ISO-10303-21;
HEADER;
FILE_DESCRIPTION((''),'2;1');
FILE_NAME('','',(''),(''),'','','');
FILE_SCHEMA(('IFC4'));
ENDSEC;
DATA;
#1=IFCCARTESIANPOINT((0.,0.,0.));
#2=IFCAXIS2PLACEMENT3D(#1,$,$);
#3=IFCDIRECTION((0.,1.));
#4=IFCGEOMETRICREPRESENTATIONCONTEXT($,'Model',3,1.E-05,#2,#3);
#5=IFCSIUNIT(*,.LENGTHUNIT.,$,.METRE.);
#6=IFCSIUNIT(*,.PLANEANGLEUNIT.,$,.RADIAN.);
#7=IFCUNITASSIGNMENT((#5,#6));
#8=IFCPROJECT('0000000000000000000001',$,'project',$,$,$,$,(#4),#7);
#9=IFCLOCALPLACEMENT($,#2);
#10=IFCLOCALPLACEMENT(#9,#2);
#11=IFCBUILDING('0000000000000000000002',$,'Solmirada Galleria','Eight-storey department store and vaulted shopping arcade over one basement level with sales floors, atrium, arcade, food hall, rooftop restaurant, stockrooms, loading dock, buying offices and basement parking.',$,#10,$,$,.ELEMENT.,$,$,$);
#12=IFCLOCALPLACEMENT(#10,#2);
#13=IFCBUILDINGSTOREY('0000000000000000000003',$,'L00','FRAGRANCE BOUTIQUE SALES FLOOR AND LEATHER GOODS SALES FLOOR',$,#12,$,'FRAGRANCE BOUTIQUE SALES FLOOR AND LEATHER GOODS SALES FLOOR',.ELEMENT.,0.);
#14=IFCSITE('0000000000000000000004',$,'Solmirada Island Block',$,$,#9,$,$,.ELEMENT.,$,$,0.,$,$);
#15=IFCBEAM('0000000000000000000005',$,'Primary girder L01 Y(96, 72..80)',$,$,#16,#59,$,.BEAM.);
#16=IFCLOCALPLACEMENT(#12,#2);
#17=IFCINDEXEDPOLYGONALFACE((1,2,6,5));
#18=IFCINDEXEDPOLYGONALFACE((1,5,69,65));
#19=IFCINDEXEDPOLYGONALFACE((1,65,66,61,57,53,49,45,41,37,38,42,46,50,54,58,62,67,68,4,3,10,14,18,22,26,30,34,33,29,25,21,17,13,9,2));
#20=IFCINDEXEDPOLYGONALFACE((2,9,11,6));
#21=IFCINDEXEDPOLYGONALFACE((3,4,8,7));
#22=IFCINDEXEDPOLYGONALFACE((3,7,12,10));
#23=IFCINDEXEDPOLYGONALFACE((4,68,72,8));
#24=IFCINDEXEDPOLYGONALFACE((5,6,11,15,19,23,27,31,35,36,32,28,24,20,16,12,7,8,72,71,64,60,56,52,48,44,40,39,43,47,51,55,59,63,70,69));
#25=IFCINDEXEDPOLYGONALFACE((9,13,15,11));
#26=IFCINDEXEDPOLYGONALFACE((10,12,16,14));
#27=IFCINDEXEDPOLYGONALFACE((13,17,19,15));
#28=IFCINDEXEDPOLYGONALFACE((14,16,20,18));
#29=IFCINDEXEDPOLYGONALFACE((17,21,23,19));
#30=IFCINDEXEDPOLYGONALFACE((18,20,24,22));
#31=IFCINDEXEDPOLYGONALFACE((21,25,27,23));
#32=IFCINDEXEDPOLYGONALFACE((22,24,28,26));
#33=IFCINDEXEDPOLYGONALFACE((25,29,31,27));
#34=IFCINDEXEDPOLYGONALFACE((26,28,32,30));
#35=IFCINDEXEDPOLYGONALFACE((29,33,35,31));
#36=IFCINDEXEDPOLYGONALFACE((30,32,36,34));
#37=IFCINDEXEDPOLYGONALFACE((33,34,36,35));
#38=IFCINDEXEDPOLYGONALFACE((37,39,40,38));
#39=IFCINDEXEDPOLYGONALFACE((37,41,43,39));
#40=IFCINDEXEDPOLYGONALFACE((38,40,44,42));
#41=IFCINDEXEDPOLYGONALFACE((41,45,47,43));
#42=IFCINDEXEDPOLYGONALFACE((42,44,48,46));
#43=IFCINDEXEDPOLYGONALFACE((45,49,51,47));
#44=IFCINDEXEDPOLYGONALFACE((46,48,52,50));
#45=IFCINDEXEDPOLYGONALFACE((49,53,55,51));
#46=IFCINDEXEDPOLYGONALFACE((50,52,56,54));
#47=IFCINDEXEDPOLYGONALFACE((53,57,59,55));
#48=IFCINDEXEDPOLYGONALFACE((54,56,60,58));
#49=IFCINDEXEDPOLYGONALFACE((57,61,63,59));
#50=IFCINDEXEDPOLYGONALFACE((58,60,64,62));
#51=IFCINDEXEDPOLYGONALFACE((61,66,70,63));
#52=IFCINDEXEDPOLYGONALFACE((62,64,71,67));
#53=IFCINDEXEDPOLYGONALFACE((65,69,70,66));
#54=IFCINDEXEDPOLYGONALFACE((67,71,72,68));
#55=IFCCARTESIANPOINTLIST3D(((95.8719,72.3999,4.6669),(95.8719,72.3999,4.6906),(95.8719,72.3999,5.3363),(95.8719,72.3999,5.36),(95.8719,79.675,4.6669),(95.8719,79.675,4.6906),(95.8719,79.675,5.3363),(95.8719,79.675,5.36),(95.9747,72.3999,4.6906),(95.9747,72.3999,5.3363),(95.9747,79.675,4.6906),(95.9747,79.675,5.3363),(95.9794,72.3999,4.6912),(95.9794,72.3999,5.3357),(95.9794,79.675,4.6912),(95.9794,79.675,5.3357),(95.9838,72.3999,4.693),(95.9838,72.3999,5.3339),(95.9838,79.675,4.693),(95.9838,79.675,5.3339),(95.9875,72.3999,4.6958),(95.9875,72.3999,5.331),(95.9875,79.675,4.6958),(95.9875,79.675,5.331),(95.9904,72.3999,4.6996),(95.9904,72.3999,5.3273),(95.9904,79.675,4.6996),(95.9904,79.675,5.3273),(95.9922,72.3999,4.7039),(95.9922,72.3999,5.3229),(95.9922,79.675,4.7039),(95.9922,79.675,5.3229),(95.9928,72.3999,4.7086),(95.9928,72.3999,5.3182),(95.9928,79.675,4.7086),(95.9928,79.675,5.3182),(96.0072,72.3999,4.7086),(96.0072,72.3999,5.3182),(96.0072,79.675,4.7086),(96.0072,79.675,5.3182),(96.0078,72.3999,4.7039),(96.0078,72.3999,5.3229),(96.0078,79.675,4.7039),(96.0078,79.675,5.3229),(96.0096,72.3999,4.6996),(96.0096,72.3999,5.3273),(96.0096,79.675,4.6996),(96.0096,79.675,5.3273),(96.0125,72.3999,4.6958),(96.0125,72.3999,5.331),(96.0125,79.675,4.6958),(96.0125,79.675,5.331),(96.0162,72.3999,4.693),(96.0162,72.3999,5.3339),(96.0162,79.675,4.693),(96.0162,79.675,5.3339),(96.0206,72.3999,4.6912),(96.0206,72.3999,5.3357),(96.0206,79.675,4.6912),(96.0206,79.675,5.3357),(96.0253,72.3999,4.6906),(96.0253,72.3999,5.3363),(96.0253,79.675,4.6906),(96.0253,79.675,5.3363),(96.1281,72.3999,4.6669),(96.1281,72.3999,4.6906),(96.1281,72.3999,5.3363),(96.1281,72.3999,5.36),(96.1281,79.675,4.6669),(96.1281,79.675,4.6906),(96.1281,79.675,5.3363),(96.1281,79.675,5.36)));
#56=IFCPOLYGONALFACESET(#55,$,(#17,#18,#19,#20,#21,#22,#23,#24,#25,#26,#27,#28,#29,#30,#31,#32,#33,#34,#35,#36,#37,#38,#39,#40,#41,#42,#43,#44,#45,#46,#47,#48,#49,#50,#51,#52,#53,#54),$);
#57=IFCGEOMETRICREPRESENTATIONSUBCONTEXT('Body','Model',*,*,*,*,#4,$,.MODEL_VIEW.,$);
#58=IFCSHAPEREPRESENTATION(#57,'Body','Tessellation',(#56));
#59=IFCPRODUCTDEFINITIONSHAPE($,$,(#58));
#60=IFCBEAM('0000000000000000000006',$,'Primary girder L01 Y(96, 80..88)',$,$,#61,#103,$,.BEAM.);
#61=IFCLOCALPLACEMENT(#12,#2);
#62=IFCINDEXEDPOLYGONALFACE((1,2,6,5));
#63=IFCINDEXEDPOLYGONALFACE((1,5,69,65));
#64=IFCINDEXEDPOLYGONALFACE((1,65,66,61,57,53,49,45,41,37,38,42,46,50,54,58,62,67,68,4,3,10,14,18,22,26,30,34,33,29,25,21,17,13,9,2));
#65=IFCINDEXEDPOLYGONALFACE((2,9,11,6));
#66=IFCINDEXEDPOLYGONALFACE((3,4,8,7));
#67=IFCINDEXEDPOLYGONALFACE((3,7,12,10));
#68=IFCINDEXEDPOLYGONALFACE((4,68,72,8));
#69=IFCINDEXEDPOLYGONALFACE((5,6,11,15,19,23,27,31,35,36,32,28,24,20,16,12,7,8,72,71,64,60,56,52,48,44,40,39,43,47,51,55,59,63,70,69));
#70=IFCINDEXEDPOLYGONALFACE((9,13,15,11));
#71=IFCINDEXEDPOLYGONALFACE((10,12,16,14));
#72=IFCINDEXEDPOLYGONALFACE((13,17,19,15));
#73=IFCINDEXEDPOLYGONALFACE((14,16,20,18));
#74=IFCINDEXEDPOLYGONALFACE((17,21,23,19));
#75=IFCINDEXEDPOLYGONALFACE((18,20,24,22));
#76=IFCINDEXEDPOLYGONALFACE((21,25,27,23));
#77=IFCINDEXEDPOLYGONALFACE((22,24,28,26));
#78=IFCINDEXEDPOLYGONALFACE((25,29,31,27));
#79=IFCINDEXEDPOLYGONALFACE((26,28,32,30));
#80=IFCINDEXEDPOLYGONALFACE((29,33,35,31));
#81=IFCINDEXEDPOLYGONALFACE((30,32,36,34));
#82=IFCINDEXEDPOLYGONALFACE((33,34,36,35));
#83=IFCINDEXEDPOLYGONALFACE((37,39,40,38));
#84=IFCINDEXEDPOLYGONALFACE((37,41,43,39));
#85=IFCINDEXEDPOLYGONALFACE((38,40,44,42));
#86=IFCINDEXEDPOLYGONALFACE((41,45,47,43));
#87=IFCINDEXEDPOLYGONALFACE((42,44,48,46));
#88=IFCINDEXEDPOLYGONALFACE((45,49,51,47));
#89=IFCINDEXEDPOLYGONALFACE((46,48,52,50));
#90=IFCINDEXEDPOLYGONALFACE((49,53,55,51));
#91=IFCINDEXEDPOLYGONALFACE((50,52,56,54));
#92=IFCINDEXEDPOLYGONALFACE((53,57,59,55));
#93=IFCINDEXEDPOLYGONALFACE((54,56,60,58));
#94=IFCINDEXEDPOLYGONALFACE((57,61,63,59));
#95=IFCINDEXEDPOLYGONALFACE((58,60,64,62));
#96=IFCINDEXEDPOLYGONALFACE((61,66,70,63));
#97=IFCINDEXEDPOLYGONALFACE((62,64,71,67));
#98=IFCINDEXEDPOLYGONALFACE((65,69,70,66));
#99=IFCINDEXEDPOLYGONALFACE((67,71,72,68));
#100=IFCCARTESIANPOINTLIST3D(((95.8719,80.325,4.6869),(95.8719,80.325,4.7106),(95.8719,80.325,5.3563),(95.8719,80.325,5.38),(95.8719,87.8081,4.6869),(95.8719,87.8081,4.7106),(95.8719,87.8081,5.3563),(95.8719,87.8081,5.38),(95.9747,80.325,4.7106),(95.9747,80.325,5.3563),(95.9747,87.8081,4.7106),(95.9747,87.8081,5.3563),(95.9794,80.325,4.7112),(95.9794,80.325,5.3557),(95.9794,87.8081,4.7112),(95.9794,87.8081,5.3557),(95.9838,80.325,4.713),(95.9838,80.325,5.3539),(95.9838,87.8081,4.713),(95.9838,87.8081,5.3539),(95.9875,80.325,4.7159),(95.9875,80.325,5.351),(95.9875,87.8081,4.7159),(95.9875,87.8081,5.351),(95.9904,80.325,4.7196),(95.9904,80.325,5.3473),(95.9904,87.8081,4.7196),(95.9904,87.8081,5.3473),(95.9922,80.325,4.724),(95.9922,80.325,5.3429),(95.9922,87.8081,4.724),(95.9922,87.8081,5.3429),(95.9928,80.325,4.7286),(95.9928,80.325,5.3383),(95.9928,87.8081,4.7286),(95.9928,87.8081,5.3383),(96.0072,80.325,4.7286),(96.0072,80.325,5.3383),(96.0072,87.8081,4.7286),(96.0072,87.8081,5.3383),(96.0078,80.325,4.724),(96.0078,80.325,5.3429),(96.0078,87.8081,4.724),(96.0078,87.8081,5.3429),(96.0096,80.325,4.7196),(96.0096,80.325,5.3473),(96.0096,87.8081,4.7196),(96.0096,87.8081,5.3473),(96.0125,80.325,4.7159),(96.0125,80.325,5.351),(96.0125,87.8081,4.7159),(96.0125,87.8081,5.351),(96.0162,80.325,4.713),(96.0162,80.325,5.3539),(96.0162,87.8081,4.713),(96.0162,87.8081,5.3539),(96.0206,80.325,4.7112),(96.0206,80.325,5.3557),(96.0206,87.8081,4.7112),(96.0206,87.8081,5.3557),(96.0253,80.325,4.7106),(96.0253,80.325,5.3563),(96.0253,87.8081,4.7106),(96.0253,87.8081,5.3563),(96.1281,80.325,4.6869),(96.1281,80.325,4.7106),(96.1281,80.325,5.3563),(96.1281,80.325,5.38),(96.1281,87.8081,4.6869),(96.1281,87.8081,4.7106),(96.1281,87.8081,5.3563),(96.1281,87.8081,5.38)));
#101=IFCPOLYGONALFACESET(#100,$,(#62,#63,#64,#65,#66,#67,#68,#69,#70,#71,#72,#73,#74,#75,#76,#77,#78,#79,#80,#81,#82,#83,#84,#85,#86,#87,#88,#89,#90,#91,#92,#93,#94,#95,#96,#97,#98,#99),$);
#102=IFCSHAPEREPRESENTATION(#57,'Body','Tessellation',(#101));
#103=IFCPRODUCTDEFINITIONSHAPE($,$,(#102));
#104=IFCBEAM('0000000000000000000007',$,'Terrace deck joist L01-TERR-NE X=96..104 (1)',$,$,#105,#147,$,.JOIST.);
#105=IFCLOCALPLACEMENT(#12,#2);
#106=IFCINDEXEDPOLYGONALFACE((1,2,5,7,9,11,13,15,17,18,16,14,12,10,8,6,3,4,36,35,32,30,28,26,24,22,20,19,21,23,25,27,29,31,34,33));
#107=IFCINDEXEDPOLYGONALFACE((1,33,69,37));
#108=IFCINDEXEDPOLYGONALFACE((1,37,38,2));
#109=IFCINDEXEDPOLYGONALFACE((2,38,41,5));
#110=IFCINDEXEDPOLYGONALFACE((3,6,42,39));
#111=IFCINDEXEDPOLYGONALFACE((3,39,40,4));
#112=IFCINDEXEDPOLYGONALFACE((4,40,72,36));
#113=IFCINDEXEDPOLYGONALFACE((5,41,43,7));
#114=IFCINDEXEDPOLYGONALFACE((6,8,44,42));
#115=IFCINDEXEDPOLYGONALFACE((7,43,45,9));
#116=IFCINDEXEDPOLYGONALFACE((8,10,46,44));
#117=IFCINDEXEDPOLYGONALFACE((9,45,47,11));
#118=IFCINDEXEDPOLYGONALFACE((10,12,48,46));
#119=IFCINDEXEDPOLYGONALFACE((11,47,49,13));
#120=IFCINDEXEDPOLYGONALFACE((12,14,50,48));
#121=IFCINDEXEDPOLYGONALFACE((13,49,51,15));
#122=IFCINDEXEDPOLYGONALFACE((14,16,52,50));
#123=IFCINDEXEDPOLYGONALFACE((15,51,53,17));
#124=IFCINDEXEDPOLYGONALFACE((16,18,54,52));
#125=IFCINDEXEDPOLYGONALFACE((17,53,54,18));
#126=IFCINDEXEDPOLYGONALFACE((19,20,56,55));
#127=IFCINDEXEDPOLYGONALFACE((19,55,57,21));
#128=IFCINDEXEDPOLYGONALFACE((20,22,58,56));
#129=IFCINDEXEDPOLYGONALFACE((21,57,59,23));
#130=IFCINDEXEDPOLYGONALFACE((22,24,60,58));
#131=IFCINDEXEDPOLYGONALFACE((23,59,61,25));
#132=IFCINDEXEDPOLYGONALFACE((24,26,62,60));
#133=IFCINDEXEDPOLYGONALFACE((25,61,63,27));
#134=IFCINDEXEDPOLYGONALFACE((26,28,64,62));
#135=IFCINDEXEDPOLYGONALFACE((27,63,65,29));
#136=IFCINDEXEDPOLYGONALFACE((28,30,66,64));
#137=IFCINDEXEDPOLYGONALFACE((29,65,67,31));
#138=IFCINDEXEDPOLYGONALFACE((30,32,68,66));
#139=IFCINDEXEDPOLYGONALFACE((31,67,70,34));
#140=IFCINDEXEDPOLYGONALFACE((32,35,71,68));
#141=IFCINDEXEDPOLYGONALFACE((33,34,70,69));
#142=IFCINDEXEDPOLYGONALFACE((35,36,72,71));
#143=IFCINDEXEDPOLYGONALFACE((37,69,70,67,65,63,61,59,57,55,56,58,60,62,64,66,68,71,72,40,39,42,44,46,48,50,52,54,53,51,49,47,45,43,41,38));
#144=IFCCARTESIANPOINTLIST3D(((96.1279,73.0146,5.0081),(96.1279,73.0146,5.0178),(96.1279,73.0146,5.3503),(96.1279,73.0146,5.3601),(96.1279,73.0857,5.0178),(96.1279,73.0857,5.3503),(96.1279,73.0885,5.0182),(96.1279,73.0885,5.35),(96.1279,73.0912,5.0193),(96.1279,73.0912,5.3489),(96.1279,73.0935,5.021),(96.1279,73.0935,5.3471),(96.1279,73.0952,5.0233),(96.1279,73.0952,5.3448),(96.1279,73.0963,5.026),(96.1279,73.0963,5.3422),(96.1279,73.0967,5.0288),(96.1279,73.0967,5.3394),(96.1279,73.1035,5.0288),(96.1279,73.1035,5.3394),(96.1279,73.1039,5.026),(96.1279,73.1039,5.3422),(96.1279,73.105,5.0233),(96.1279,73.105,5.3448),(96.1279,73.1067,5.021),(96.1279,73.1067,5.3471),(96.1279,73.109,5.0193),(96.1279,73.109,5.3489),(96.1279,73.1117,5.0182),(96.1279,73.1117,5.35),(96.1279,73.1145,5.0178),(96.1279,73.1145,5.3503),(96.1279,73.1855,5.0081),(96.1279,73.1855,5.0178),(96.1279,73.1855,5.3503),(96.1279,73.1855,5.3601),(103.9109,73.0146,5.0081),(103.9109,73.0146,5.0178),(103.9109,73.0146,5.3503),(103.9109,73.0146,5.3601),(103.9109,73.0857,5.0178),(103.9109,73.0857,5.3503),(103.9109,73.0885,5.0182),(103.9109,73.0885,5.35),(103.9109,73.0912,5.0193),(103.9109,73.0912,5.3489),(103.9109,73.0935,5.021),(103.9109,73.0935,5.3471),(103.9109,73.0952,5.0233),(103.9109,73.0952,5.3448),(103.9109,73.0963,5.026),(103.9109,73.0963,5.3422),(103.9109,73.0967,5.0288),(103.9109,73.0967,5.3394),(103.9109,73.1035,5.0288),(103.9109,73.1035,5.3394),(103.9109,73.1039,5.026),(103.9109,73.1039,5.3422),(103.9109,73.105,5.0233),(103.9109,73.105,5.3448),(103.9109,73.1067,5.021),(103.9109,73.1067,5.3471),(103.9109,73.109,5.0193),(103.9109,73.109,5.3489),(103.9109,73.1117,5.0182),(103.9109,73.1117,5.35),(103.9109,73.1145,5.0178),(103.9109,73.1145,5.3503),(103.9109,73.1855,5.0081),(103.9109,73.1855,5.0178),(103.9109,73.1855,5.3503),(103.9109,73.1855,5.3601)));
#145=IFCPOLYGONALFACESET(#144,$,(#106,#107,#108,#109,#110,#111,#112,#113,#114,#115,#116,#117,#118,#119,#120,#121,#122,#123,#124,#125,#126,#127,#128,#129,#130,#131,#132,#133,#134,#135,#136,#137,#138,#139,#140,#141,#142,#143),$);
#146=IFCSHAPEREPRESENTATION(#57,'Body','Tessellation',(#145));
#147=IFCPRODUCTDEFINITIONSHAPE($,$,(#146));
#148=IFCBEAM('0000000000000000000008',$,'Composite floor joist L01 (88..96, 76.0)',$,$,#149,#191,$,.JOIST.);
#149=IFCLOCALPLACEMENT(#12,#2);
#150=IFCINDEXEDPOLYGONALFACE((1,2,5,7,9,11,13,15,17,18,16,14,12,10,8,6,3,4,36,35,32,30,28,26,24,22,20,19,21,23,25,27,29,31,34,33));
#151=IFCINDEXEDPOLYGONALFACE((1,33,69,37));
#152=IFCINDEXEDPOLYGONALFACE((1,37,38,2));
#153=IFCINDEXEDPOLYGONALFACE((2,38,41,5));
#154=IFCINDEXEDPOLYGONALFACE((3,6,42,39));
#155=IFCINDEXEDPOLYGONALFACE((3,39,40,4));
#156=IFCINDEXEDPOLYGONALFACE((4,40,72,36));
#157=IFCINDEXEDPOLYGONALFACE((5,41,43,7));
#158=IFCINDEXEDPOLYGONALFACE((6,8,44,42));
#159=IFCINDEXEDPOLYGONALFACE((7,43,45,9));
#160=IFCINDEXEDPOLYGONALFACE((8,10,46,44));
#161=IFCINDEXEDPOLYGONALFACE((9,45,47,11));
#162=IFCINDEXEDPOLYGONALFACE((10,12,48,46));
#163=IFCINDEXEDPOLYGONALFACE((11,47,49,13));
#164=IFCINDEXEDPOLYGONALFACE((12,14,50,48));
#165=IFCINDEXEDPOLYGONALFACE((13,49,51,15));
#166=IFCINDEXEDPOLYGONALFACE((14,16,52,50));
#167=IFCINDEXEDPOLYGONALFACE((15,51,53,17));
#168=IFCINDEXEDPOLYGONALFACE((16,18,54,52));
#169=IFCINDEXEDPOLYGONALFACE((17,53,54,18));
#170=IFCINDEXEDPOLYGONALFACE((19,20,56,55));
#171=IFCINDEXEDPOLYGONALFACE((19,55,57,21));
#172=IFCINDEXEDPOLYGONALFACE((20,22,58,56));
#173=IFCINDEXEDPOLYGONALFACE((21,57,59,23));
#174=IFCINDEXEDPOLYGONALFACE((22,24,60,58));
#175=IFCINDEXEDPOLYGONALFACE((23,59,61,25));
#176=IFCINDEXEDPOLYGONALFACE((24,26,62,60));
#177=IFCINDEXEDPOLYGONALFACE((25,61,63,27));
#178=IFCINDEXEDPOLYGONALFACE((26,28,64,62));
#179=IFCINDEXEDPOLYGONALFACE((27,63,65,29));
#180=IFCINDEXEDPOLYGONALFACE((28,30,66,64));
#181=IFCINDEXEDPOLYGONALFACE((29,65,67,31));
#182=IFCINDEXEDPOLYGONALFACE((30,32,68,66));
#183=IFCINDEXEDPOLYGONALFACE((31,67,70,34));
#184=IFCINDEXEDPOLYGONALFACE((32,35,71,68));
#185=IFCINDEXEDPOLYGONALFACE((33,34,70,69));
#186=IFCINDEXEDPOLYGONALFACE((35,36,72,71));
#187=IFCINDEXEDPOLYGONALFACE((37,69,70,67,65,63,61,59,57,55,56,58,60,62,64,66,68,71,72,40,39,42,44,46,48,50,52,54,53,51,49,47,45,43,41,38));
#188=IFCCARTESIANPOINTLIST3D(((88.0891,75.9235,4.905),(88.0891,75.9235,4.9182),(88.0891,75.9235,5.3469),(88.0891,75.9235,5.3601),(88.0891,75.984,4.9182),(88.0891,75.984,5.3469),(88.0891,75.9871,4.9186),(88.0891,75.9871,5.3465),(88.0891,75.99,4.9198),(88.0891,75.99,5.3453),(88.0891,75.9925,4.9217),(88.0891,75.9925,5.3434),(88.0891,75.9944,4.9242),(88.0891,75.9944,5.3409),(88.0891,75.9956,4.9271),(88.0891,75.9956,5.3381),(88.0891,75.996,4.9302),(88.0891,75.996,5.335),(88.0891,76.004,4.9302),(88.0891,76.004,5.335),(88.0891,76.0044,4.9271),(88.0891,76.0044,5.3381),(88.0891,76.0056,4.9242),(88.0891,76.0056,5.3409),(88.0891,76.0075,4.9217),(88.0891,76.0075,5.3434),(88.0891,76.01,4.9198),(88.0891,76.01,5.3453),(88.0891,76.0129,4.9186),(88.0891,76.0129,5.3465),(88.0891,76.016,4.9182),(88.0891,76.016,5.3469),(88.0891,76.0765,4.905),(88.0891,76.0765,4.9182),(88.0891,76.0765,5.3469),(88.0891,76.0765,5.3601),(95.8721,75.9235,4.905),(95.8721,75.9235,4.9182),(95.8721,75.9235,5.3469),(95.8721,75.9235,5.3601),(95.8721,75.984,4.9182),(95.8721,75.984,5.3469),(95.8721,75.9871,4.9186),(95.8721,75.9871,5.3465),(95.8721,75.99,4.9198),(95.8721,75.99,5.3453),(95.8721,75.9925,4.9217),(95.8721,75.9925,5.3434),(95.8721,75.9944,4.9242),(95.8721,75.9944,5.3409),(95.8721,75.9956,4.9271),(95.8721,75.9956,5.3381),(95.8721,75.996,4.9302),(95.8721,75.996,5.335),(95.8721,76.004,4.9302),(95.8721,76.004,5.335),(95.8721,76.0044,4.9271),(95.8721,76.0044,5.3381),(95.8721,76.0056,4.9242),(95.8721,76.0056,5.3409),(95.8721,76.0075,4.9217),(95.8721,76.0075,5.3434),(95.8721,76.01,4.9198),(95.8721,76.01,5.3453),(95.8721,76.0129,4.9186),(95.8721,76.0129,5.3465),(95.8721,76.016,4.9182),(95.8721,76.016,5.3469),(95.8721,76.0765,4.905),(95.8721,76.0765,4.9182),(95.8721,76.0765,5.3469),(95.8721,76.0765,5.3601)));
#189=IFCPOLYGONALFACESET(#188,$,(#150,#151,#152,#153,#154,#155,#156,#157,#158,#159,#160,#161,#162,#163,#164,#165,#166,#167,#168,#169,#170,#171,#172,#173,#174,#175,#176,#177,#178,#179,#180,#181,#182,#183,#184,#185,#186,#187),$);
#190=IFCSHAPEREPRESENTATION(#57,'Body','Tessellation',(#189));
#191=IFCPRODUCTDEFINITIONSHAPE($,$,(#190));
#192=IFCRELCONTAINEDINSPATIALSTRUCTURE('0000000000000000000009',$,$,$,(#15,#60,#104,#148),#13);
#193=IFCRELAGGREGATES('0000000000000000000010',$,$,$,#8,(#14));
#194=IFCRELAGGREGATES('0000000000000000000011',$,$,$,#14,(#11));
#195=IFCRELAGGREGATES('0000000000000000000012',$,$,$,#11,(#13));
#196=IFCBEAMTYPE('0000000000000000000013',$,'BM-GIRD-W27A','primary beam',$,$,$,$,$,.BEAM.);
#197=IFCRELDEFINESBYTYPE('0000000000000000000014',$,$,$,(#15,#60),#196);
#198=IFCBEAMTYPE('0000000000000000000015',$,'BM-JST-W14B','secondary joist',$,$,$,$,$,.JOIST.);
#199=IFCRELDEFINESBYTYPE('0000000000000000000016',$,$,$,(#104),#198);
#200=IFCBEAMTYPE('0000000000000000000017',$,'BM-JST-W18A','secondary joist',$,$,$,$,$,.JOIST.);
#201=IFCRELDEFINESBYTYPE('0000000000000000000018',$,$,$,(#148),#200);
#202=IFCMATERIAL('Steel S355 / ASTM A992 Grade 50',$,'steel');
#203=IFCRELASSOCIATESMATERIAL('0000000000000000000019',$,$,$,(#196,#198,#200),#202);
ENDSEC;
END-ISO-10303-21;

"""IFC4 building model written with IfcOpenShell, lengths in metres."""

from ifc_helpers import new_model, si_unit, direction, frame, origin, origin_2d, place, context, subcontext, project, spatial, i_section, extrude, material, material_profile, profile_set, type_object, element, save


model = new_model("IFC4")

# Units and contexts
model_context = context("Model", 3, precision=1e-05, world=origin(), true_north=direction((0.0, 1.0)))
body_context = subcontext(model_context, "Body", "Model", "MODEL_VIEW")
ifc_project = project(units=[si_unit("LENGTHUNIT", "METRE"), si_unit("PLANEANGLEUNIT", "RADIAN")], contexts=[model_context])

# Site, building, storey
site_placement = place(None, origin())
site = spatial("IfcSite", under=ifc_project, at=site_placement, Name="Solmirada Island Block", CompositionType="ELEMENT", RefElevation=0.0)
building_placement = place(site_placement, origin())
building = spatial("IfcBuilding", under=site, at=building_placement, Name="Solmirada Galleria", Description="Eight-storey department store and vaulted shopping arcade over one basement level with sales floors, atrium, arcade, food hall, rooftop restaurant, stockrooms, loading dock, buying offices and basement parking.", CompositionType="ELEMENT")
storey_placement = place(building_placement, origin())
storey = spatial("IfcBuildingStorey", under=building, at=storey_placement, Name="L00", Description="FRAGRANCE BOUTIQUE SALES FLOOR AND LEATHER GOODS SALES FLOOR", LongName="FRAGRANCE BOUTIQUE SALES FLOOR AND LEATHER GOODS SALES FLOOR", CompositionType="ELEMENT", Elevation=0.0)

# Beams
ifc_material_1 = material(Name="Steel S355 / ASTM A992 Grade 50", Category="steel")
ifc_material_profile_1 = material_profile(ifc_material_1, i_section(OverallWidth=0.2561, OverallDepth=0.6931, WebThickness=0.0144, FlangeThickness=0.0237, FilletRadius=0.0181, at=origin_2d()), Name="W27X114")
ifc_profile_set_1 = profile_set([ifc_material_profile_1], Name="Steel S355 / ASTM A992 Grade 50")
beam_type_1 = type_object("IfcBeamType", Name="BM-GIRD-W27A", Description="primary beam", PredefinedType="BEAM", material=ifc_profile_set_1)
beam_1_placement = place(storey_placement, frame((96.0, 72.3999, 5.0134), z_axis=(0.0, 1.0, 0.0), x_axis=(-1.0, 0.0, 0.0)))
element("IfcBeam", 1, at=beam_1_placement, inside=storey, type_object=beam_type_1, Name="Primary girder L01 Y(96, 72..80)", PredefinedType="BEAM", context=body_context, shape_type="SweptSolid", body=[
    extrude(i_section(OverallWidth=0.2561, OverallDepth=0.6931, WebThickness=0.0144, FlangeThickness=0.0237, FilletRadius=0.0181, at=origin_2d()), origin(), (0.0, 0.0, 1.0), 7.2751),
])
beam_2_placement = place(storey_placement, frame((96.0, 80.325, 5.0334), z_axis=(0.0, 1.0, 0.0), x_axis=(-1.0, 0.0, 0.0)))
element("IfcBeam", 2, at=beam_2_placement, inside=storey, type_object=beam_type_1, Name="Primary girder L01 Y(96, 80..88)", PredefinedType="BEAM", context=body_context, shape_type="SweptSolid", body=[
    extrude(i_section(OverallWidth=0.2561, OverallDepth=0.6931, WebThickness=0.0144, FlangeThickness=0.0237, FilletRadius=0.0181, at=origin_2d()), origin(), (0.0, 0.0, 1.0), 7.4832),
])
ifc_material_profile_2 = material_profile(ifc_material_1, i_section(OverallWidth=0.1709, OverallDepth=0.3521, WebThickness=0.0068, FlangeThickness=0.0098, FilletRadius=0.011, at=origin_2d()), Name="W14X30")
ifc_profile_set_2 = profile_set([ifc_material_profile_2], Name="Steel S355 / ASTM A992 Grade 50")
beam_type_2 = type_object("IfcBeamType", Name="BM-JST-W14B", Description="secondary joist", PredefinedType="JOIST", material=ifc_profile_set_2)
beam_3_placement = place(storey_placement, frame((96.1279, 73.1001, 5.1841), z_axis=(1.0, 0.0, 0.0), x_axis=(0.0, 1.0, 0.0)))
element("IfcBeam", 3, at=beam_3_placement, inside=storey, type_object=beam_type_2, Name="Terrace deck joist L01-TERR-NE X=96..104 (1)", PredefinedType="JOIST", context=body_context, shape_type="SweptSolid", body=[
    extrude(i_section(OverallWidth=0.1709, OverallDepth=0.3521, WebThickness=0.0068, FlangeThickness=0.0098, FilletRadius=0.011, at=origin_2d()), origin(), (0.0, 0.0, 1.0), 7.783),
])
ifc_material_profile_3 = material_profile(ifc_material_1, i_section(OverallWidth=0.1531, OverallDepth=0.4551, WebThickness=0.0081, FlangeThickness=0.0132, FilletRadius=0.012, at=origin_2d()), Name="W18X40")
ifc_profile_set_3 = profile_set([ifc_material_profile_3], Name="Steel S355 / ASTM A992 Grade 50")
beam_type_3 = type_object("IfcBeamType", Name="BM-JST-W18A", Description="secondary joist", PredefinedType="JOIST", material=ifc_profile_set_3)
beam_4_placement = place(storey_placement, frame((88.0891, 76.0, 5.1326), z_axis=(1.0, 0.0, 0.0), x_axis=(0.0, 1.0, 0.0)))
element("IfcBeam", 4, at=beam_4_placement, inside=storey, type_object=beam_type_3, Name="Composite floor joist L01 (88..96, 76.0)", PredefinedType="JOIST", context=body_context, shape_type="SweptSolid", body=[
    extrude(i_section(OverallWidth=0.1531, OverallDepth=0.4551, WebThickness=0.0081, FlangeThickness=0.0132, FilletRadius=0.012, at=origin_2d()), origin(), (0.0, 0.0, 1.0), 7.783),
])

save(model, "model.ifc")
